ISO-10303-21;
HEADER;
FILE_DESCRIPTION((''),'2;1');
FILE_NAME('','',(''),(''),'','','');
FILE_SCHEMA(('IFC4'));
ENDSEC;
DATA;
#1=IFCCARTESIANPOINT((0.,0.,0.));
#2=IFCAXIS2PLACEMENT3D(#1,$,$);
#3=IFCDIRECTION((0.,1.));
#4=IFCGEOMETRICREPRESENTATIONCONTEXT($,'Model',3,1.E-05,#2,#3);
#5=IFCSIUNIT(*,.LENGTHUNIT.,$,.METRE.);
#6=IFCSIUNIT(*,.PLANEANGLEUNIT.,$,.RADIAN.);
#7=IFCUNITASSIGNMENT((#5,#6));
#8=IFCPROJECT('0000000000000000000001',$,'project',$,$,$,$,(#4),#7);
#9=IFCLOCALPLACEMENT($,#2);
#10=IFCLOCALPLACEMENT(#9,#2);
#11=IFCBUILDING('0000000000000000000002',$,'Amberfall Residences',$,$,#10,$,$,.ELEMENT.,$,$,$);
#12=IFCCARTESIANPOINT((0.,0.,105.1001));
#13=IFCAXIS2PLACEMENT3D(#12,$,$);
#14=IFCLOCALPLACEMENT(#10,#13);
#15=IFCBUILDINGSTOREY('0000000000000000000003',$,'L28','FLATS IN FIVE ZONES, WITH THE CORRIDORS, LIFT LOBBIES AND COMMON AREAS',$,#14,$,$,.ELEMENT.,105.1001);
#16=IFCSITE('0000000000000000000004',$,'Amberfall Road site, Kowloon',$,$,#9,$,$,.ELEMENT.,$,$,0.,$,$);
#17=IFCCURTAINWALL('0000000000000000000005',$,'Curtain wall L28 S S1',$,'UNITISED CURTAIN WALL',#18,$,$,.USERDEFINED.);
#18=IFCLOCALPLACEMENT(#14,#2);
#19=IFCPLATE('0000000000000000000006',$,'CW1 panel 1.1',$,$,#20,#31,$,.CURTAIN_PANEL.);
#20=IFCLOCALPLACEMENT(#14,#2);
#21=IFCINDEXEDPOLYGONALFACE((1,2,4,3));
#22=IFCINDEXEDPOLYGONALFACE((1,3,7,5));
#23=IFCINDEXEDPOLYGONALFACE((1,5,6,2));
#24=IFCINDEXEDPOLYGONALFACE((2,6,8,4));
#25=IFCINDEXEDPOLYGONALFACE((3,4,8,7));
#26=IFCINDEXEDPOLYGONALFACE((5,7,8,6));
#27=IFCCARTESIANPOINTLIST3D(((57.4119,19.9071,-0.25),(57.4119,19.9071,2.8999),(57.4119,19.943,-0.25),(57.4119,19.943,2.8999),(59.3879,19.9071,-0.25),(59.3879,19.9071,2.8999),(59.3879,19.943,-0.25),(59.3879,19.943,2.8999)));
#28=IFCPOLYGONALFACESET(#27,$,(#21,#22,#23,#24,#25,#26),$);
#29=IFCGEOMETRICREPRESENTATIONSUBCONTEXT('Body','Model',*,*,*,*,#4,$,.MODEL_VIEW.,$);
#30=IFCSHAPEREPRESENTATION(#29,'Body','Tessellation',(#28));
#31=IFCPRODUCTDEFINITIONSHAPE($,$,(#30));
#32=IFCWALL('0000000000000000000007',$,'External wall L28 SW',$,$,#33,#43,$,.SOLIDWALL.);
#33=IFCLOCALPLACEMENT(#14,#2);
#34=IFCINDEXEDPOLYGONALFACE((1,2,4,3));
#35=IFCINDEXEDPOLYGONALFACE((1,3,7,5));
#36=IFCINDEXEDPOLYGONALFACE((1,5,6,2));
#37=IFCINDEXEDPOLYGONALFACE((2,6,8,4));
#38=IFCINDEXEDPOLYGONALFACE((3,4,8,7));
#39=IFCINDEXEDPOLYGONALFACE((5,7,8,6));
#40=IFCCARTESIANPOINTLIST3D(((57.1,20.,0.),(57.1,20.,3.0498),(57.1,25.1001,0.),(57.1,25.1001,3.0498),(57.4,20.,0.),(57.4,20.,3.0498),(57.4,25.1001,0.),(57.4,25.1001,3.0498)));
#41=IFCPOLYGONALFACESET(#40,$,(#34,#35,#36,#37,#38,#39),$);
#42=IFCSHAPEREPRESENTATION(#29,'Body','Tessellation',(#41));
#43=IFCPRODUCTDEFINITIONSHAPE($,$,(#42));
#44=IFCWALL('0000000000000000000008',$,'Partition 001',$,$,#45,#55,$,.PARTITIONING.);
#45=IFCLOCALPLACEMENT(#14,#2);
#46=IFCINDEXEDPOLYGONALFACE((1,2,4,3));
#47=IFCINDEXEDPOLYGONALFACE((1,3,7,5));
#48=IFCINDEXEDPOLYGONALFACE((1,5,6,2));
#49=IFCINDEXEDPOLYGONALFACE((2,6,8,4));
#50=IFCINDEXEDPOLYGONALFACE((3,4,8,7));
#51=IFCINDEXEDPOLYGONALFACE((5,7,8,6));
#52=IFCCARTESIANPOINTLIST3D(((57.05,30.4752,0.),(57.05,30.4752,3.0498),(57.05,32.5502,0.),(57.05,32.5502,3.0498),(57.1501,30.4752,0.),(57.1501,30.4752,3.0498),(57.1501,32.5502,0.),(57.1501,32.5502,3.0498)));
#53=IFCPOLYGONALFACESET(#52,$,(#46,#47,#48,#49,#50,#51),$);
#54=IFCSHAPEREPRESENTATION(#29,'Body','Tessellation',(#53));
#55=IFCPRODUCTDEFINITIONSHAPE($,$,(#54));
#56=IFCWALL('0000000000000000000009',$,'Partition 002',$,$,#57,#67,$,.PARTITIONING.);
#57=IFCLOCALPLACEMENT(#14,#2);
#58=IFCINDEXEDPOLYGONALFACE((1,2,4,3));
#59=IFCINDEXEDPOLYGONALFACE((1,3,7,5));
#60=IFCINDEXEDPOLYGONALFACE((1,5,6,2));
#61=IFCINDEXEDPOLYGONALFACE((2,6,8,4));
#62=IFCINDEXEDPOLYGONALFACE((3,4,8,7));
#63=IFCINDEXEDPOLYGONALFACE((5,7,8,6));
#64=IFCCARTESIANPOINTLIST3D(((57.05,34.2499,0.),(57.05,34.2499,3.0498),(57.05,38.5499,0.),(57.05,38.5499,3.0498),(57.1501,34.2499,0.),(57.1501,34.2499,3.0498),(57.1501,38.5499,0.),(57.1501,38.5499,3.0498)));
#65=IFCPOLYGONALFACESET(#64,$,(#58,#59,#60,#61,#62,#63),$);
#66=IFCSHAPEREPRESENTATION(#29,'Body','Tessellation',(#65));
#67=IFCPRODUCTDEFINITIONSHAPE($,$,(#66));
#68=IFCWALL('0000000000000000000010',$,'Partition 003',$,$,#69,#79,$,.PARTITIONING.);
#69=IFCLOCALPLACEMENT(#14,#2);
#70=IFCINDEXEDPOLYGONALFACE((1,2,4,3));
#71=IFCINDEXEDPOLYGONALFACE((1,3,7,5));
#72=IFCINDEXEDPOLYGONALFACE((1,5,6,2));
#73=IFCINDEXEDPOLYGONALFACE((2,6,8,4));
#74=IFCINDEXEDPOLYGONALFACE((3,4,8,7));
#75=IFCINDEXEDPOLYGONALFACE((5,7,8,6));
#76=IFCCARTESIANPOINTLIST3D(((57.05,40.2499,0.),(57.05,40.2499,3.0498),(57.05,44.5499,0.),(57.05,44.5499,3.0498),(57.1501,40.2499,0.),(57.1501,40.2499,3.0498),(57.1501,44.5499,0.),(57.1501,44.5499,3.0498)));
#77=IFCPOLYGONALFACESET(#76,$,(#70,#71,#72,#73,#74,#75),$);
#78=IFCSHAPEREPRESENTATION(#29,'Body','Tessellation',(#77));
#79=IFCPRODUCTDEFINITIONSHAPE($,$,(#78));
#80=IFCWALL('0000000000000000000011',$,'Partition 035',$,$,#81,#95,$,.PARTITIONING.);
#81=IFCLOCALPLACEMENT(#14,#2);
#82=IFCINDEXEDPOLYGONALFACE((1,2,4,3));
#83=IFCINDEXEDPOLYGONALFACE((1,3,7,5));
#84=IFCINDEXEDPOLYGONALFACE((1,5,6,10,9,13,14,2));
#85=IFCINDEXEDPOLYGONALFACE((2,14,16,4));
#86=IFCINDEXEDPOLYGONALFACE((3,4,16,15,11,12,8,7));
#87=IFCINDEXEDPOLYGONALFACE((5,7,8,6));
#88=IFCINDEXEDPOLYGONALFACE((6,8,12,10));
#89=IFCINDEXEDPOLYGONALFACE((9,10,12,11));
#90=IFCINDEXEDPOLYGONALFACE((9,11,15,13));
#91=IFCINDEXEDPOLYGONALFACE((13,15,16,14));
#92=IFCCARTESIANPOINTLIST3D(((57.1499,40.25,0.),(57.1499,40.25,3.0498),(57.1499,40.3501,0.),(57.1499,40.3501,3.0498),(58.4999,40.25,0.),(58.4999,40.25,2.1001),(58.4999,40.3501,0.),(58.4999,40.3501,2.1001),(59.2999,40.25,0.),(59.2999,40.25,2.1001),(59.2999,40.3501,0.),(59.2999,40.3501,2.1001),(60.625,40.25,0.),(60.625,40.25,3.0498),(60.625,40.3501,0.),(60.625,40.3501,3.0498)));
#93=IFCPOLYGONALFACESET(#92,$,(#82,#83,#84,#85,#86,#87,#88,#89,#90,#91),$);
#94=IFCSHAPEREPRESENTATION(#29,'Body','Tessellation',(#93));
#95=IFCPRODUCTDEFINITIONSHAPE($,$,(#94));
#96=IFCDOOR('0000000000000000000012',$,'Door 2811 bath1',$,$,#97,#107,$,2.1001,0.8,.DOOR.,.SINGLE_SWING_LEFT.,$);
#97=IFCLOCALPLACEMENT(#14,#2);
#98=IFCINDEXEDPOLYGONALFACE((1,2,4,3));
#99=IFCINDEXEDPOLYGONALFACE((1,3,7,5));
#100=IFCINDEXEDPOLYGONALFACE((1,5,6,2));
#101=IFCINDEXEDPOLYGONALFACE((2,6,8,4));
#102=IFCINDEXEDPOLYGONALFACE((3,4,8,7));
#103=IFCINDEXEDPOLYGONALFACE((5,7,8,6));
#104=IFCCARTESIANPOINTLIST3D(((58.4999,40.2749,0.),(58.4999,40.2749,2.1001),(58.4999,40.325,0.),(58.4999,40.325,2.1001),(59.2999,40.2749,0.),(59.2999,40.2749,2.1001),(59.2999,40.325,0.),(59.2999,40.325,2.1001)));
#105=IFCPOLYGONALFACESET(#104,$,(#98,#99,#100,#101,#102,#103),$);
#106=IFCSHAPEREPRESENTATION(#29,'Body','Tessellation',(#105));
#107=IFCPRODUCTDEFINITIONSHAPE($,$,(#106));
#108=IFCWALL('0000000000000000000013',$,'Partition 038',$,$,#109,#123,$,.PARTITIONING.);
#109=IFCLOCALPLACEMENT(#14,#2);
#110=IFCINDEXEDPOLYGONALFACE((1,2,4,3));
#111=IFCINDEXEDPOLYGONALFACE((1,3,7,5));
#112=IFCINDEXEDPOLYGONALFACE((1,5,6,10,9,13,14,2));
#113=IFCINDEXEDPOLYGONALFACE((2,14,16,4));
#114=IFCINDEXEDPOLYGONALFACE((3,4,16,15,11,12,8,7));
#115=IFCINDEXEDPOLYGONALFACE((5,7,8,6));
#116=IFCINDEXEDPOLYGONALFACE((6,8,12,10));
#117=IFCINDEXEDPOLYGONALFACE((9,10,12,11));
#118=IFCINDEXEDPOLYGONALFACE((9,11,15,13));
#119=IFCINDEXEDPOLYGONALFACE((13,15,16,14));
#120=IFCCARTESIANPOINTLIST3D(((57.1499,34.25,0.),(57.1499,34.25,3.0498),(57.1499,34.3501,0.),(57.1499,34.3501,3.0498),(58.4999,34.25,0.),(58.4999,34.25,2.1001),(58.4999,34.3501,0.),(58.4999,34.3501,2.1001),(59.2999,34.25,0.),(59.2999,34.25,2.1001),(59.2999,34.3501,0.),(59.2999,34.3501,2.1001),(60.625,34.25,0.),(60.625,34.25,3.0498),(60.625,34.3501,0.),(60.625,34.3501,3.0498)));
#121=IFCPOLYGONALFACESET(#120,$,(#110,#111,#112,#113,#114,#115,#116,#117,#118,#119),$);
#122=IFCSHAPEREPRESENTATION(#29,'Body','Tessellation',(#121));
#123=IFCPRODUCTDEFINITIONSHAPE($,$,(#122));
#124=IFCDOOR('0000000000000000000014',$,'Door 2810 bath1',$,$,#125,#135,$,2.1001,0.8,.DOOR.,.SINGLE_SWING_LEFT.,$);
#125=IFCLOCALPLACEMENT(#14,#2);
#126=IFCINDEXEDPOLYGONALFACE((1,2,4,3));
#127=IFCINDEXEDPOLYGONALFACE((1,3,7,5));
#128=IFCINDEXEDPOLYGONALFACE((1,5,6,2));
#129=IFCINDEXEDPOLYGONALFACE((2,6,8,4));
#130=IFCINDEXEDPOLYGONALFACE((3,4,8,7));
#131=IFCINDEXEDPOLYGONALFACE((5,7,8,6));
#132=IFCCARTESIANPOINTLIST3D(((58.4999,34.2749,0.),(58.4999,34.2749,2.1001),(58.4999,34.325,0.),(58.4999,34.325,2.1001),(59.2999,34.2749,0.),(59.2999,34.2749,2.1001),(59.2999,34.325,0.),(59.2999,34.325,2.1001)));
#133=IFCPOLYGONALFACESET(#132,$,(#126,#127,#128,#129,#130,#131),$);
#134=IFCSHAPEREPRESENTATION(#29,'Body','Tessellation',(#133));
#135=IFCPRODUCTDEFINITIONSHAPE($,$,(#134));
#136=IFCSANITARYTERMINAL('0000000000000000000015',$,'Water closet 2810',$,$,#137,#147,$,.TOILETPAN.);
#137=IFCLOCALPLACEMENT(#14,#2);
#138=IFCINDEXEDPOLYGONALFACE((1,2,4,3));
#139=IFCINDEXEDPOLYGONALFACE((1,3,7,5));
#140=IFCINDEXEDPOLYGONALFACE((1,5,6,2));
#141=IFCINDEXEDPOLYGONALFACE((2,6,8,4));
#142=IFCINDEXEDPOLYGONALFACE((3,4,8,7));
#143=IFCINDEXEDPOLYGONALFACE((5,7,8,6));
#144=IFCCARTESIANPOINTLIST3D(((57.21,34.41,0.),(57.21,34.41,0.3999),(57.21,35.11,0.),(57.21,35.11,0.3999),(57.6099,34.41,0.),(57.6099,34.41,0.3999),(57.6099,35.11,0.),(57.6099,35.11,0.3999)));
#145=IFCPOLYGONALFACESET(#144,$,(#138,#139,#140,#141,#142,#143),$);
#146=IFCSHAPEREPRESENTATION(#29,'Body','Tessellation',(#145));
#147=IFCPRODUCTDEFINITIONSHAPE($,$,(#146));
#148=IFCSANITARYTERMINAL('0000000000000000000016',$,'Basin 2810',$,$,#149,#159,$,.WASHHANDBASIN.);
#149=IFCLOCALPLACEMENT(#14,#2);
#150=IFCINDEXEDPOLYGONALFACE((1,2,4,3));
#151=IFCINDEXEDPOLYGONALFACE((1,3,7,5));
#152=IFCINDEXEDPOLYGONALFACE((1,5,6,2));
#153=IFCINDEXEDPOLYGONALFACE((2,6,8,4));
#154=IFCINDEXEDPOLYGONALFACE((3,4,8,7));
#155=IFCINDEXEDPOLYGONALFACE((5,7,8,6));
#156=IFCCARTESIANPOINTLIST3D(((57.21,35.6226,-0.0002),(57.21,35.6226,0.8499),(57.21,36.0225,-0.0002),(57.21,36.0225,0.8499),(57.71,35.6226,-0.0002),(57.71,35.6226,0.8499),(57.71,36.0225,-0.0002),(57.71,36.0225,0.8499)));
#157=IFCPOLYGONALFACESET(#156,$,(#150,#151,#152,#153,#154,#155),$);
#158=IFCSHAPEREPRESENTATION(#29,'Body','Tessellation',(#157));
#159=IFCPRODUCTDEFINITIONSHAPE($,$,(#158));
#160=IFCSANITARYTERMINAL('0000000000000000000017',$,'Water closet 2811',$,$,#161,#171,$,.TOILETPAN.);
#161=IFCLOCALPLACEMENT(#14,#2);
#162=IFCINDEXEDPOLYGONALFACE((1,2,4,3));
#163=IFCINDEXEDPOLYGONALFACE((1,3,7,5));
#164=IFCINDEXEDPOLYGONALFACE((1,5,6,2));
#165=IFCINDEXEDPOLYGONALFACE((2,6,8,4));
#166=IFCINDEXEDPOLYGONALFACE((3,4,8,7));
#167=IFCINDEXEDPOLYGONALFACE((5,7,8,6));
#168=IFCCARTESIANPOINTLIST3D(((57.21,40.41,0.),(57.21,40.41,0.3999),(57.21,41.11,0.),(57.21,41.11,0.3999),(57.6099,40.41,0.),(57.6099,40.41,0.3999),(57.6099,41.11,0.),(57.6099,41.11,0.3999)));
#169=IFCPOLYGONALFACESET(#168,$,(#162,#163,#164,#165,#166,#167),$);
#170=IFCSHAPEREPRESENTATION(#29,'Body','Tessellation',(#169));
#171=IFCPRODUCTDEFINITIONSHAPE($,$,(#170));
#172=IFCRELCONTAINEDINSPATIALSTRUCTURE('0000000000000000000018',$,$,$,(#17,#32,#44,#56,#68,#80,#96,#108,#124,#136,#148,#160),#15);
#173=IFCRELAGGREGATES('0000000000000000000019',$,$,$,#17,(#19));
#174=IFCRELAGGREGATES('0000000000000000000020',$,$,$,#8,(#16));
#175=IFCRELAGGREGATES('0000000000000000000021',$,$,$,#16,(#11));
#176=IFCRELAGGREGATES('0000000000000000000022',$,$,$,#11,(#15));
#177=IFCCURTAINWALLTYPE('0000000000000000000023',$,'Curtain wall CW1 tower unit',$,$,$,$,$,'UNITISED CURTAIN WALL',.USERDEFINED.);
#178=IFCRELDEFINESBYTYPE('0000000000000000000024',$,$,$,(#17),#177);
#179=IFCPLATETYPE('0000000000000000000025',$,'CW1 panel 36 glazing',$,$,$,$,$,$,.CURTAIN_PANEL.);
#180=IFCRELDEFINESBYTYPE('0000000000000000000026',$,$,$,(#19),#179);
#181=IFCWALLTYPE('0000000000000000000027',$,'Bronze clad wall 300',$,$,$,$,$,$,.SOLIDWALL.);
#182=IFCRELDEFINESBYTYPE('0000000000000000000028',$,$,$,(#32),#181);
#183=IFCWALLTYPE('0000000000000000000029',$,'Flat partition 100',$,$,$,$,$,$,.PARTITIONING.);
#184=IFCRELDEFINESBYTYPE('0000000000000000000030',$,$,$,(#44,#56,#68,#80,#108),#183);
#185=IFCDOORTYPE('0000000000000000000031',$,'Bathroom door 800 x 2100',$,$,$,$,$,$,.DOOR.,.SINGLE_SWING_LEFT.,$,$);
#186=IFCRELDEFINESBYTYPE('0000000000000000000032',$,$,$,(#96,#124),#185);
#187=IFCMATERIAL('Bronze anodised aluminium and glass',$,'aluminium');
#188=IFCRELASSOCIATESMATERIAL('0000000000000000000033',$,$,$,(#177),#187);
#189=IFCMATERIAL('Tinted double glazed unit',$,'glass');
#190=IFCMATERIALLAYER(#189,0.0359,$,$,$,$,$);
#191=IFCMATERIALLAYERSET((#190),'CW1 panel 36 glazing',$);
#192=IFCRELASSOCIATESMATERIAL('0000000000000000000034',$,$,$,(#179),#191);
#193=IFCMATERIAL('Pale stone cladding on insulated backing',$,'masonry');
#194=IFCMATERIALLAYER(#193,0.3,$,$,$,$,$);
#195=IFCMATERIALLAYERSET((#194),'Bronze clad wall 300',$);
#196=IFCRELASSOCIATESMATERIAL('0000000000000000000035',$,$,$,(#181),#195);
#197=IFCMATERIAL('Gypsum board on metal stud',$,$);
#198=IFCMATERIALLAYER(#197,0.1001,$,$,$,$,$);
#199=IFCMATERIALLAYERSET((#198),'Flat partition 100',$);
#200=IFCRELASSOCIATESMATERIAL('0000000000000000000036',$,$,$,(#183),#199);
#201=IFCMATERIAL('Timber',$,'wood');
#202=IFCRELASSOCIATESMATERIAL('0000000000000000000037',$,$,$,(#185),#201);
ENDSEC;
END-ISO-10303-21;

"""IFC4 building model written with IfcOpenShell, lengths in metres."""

from ifc_helpers import new_model, si_unit, direction, frame, frame_2d, origin, origin_2d, place, context, subcontext, project, spatial, rectangle, extrude, material, layer, layer_set, type_object, element, fill, aggregate, save


model = new_model("IFC4")

# Units and contexts
model_context = context("Model", 3, precision=1e-05, world=origin(), true_north=direction((0.0, 1.0)))
body_context = subcontext(model_context, "Body", "Model", "MODEL_VIEW")
ifc_project = project(units=[si_unit("LENGTHUNIT", "METRE"), si_unit("PLANEANGLEUNIT", "RADIAN")], contexts=[model_context])

# Site, building, storey
site_placement = place(None, origin())
site = spatial("IfcSite", under=ifc_project, at=site_placement, Name="Amberfall Road site, Kowloon", CompositionType="ELEMENT", RefElevation=0.0)
building_placement = place(site_placement, origin())
building = spatial("IfcBuilding", under=site, at=building_placement, Name="Amberfall Residences", CompositionType="ELEMENT")
storey_placement = place(building_placement, frame((0.0, 0.0, 105.1001)))
storey = spatial("IfcBuildingStorey", under=building, at=storey_placement, Name="L28", Description="FLATS IN FIVE ZONES, WITH THE CORRIDORS, LIFT LOBBIES AND COMMON AREAS", CompositionType="ELEMENT", Elevation=105.1001)

# Curtain wall
ifc_material_1 = material(Name="Bronze anodised aluminium and glass", Category="aluminium")
curtain_wall_type = type_object("IfcCurtainWallType", Name="Curtain wall CW1 tower unit", ElementType="UNITISED CURTAIN WALL", PredefinedType="USERDEFINED", material=ifc_material_1)
curtain_wall_placement = place(storey_placement, origin())
curtain_wall = element("IfcCurtainWall", 1, at=curtain_wall_placement, inside=storey, type_object=curtain_wall_type, Name="Curtain wall L28 S S1", ObjectType="UNITISED CURTAIN WALL", PredefinedType="USERDEFINED")

# Plate
ifc_material_2 = material(Name="Tinted double glazed unit", Category="glass")
ifc_layer_1 = layer(ifc_material_2, 0.0359)
ifc_layer_set_1 = layer_set([ifc_layer_1], Name="CW1 panel 36 glazing")
plate_type = type_object("IfcPlateType", Name="CW1 panel 36 glazing", PredefinedType="CURTAIN_PANEL", material=ifc_layer_set_1)
plate_placement = place(storey_placement, frame((58.3999, 19.925, -0.25), z_axis=(0.0, 0.0, 1.0), x_axis=(1.0, 0.0, 0.0)))
plate = element("IfcPlate", 2, at=plate_placement, type_object=plate_type, Name="CW1 panel 1.1", PredefinedType="CURTAIN_PANEL", context=body_context, shape_type="SweptSolid", body=[
    extrude(rectangle(XDim=1.9761, YDim=0.0359, at=origin_2d()), origin(), (0.0, 0.0, 1.0), 3.1499),
])
aggregate(curtain_wall, [plate])

# Walls
ifc_material_3 = material(Name="Pale stone cladding on insulated backing", Category="masonry")
ifc_layer_2 = layer(ifc_material_3, 0.3)
ifc_layer_set_2 = layer_set([ifc_layer_2], Name="Bronze clad wall 300")
wall_type_1 = type_object("IfcWallType", Name="Bronze clad wall 300", PredefinedType="SOLIDWALL", material=ifc_layer_set_2)
wall_1_placement = place(storey_placement, frame((57.25, 25.1001, 0.0), z_axis=(0.0, 0.0, 1.0), x_axis=(0.0, -1.0, 0.0)))
element("IfcWall", 3, at=wall_1_placement, inside=storey, type_object=wall_type_1, Name="External wall L28 SW", PredefinedType="SOLIDWALL", context=body_context, shape_type="SweptSolid", body=[
    extrude(rectangle(XDim=5.1001, YDim=0.3, at=frame_2d((2.55, 0.0))), origin(), (0.0, 0.0, 1.0), 3.0498),
])
ifc_material_4 = material(Name="Gypsum board on metal stud")
ifc_layer_3 = layer(ifc_material_4, 0.1001)
ifc_layer_set_3 = layer_set([ifc_layer_3], Name="Flat partition 100")
wall_type_2 = type_object("IfcWallType", Name="Flat partition 100", PredefinedType="PARTITIONING", material=ifc_layer_set_3)
wall_2_placement = place(storey_placement, frame((57.1001, 30.4751, 0.0), z_axis=(0.0, 0.0, 1.0), x_axis=(0.0, 1.0, 0.0)))
element("IfcWall", 4, at=wall_2_placement, inside=storey, type_object=wall_type_2, Name="Partition 001", PredefinedType="PARTITIONING", context=body_context, shape_type="SweptSolid", body=[
    extrude(rectangle(XDim=2.075, YDim=0.1001, at=frame_2d((1.0376, 0.0))), origin(), (0.0, 0.0, 1.0), 3.0498),
])
for number, where, z_axis, x_axis, name in (
    (5, (57.1001, 34.25, 0.0), (0.0, 0.0, 1.0), (0.0, 1.0, 0.0), "Partition 002"),
    (6, (57.1001, 40.25, 0.0), (0.0, 0.0, 1.0), (0.0, 1.0, 0.0), "Partition 003"),
):
    element("IfcWall", number, at=place(storey_placement, frame(where, z_axis=z_axis, x_axis=x_axis)), inside=storey, type_object=wall_type_2, Name=name, PredefinedType="PARTITIONING", context=body_context, shape_type="SweptSolid", body=[
        extrude(rectangle(XDim=4.3, YDim=0.1001, at=frame_2d((2.1499, 0.0))), origin(), (0.0, 0.0, 1.0), 3.0498),
    ])

# Walls, openings, doors
wall_3_placement = place(storey_placement, frame((57.1499, 40.3, 0.0), z_axis=(0.0, 0.0, 1.0), x_axis=(1.0, 0.0, 0.0)))
wall_3 = element("IfcWall", 7, at=wall_3_placement, inside=storey, type_object=wall_type_2, Name="Partition 035", PredefinedType="PARTITIONING", context=body_context, shape_type="SweptSolid", body=[
    extrude(rectangle(XDim=3.4751, YDim=0.1001, at=frame_2d((1.7375, 0.0))), origin(), (0.0, 0.0, 1.0), 3.0498),
])
opening_1_placement = place(wall_3_placement, frame((1.3501, 0.0, 0.0)))
opening_1 = element("IfcOpeningElement", 8, at=opening_1_placement, cuts=wall_3, PredefinedType="OPENING", context=body_context, shape_type="SweptSolid", body=[
    extrude(rectangle(XDim=0.8, YDim=2.1001, at=frame_2d((0.3999, 1.05))), frame((0.0, 0.0601, 0.0), z_axis=(0.0, -1.0, 0.0), x_axis=(1.0, 0.0, 0.0)), (0.0, 0.0, 1.0), 0.1201),
])
ifc_material_5 = material(Name="Timber", Category="wood")
door_type = type_object("IfcDoorType", Name="Bathroom door 800 x 2100", OperationType="SINGLE_SWING_LEFT", PredefinedType="DOOR", material=ifc_material_5)
door_1_placement = place(opening_1_placement, origin())
door_1 = element("IfcDoor", 9, at=door_1_placement, inside=storey, type_object=door_type, Name="Door 2811 bath1", OperationType="SINGLE_SWING_LEFT", OverallHeight=2.1001, OverallWidth=0.8, PredefinedType="DOOR", context=body_context, shape_type="SweptSolid", body=[
    extrude(rectangle(XDim=0.8, YDim=2.1001, at=frame_2d((0.3999, 1.05))), frame((0.0, 0.0249, 0.0), z_axis=(0.0, -1.0, 0.0), x_axis=(1.0, 0.0, 0.0)), (0.0, 0.0, 1.0), 0.05),
])
fill(opening_1, door_1)
wall_4_placement = place(storey_placement, frame((57.1499, 34.3, 0.0), z_axis=(0.0, 0.0, 1.0), x_axis=(1.0, 0.0, 0.0)))
wall_4 = element("IfcWall", 10, at=wall_4_placement, inside=storey, type_object=wall_type_2, Name="Partition 038", PredefinedType="PARTITIONING", context=body_context, shape_type="SweptSolid", body=[
    extrude(rectangle(XDim=3.4751, YDim=0.1001, at=frame_2d((1.7375, 0.0))), origin(), (0.0, 0.0, 1.0), 3.0498),
])
opening_2_placement = place(wall_4_placement, frame((1.3501, 0.0, 0.0)))
opening_2 = element("IfcOpeningElement", 11, at=opening_2_placement, cuts=wall_4, PredefinedType="OPENING", context=body_context, shape_type="SweptSolid", body=[
    extrude(rectangle(XDim=0.8, YDim=2.1001, at=frame_2d((0.3999, 1.05))), frame((0.0, 0.0601, 0.0), z_axis=(0.0, -1.0, 0.0), x_axis=(1.0, 0.0, 0.0)), (0.0, 0.0, 1.0), 0.1201),
])
door_2_placement = place(opening_2_placement, origin())
door_2 = element("IfcDoor", 12, at=door_2_placement, inside=storey, type_object=door_type, Name="Door 2810 bath1", OperationType="SINGLE_SWING_LEFT", OverallHeight=2.1001, OverallWidth=0.8, PredefinedType="DOOR", context=body_context, shape_type="SweptSolid", body=[
    extrude(rectangle(XDim=0.8, YDim=2.1001, at=frame_2d((0.3999, 1.05))), frame((0.0, 0.0249, 0.0), z_axis=(0.0, -1.0, 0.0), x_axis=(1.0, 0.0, 0.0)), (0.0, 0.0, 1.0), 0.05),
])
fill(opening_2, door_2)

# Sanitary terminals
sanitary_terminal_1_placement = place(storey_placement, frame((57.4099, 34.76, 0.0), z_axis=(0.0, 0.0, 1.0), x_axis=(1.0, 0.0, 0.0)))
element("IfcSanitaryTerminal", 13, at=sanitary_terminal_1_placement, inside=storey, Name="Water closet 2810", PredefinedType="TOILETPAN", context=body_context, shape_type="SweptSolid", body=[
    extrude(rectangle(XDim=0.3999, YDim=0.7, at=origin_2d()), origin(), (0.0, 0.0, 1.0), 0.3999),
])
sanitary_terminal_2_placement = place(storey_placement, frame((57.46, 35.8225, -0.0002), z_axis=(0.0, 0.0, 1.0), x_axis=(1.0, 0.0, 0.0)))
element("IfcSanitaryTerminal", 14, at=sanitary_terminal_2_placement, inside=storey, Name="Basin 2810", PredefinedType="WASHHANDBASIN", context=body_context, shape_type="SweptSolid", body=[
    extrude(rectangle(XDim=0.5, YDim=0.3999, at=origin_2d()), origin(), (0.0, 0.0, 1.0), 0.8501),
])
sanitary_terminal_3_placement = place(storey_placement, frame((57.4099, 40.76, 0.0), z_axis=(0.0, 0.0, 1.0), x_axis=(1.0, 0.0, 0.0)))
element("IfcSanitaryTerminal", 15, at=sanitary_terminal_3_placement, inside=storey, Name="Water closet 2811", PredefinedType="TOILETPAN", context=body_context, shape_type="SweptSolid", body=[
    extrude(rectangle(XDim=0.3999, YDim=0.7, at=origin_2d()), origin(), (0.0, 0.0, 1.0), 0.3999),
])

save(model, "model.ifc")
